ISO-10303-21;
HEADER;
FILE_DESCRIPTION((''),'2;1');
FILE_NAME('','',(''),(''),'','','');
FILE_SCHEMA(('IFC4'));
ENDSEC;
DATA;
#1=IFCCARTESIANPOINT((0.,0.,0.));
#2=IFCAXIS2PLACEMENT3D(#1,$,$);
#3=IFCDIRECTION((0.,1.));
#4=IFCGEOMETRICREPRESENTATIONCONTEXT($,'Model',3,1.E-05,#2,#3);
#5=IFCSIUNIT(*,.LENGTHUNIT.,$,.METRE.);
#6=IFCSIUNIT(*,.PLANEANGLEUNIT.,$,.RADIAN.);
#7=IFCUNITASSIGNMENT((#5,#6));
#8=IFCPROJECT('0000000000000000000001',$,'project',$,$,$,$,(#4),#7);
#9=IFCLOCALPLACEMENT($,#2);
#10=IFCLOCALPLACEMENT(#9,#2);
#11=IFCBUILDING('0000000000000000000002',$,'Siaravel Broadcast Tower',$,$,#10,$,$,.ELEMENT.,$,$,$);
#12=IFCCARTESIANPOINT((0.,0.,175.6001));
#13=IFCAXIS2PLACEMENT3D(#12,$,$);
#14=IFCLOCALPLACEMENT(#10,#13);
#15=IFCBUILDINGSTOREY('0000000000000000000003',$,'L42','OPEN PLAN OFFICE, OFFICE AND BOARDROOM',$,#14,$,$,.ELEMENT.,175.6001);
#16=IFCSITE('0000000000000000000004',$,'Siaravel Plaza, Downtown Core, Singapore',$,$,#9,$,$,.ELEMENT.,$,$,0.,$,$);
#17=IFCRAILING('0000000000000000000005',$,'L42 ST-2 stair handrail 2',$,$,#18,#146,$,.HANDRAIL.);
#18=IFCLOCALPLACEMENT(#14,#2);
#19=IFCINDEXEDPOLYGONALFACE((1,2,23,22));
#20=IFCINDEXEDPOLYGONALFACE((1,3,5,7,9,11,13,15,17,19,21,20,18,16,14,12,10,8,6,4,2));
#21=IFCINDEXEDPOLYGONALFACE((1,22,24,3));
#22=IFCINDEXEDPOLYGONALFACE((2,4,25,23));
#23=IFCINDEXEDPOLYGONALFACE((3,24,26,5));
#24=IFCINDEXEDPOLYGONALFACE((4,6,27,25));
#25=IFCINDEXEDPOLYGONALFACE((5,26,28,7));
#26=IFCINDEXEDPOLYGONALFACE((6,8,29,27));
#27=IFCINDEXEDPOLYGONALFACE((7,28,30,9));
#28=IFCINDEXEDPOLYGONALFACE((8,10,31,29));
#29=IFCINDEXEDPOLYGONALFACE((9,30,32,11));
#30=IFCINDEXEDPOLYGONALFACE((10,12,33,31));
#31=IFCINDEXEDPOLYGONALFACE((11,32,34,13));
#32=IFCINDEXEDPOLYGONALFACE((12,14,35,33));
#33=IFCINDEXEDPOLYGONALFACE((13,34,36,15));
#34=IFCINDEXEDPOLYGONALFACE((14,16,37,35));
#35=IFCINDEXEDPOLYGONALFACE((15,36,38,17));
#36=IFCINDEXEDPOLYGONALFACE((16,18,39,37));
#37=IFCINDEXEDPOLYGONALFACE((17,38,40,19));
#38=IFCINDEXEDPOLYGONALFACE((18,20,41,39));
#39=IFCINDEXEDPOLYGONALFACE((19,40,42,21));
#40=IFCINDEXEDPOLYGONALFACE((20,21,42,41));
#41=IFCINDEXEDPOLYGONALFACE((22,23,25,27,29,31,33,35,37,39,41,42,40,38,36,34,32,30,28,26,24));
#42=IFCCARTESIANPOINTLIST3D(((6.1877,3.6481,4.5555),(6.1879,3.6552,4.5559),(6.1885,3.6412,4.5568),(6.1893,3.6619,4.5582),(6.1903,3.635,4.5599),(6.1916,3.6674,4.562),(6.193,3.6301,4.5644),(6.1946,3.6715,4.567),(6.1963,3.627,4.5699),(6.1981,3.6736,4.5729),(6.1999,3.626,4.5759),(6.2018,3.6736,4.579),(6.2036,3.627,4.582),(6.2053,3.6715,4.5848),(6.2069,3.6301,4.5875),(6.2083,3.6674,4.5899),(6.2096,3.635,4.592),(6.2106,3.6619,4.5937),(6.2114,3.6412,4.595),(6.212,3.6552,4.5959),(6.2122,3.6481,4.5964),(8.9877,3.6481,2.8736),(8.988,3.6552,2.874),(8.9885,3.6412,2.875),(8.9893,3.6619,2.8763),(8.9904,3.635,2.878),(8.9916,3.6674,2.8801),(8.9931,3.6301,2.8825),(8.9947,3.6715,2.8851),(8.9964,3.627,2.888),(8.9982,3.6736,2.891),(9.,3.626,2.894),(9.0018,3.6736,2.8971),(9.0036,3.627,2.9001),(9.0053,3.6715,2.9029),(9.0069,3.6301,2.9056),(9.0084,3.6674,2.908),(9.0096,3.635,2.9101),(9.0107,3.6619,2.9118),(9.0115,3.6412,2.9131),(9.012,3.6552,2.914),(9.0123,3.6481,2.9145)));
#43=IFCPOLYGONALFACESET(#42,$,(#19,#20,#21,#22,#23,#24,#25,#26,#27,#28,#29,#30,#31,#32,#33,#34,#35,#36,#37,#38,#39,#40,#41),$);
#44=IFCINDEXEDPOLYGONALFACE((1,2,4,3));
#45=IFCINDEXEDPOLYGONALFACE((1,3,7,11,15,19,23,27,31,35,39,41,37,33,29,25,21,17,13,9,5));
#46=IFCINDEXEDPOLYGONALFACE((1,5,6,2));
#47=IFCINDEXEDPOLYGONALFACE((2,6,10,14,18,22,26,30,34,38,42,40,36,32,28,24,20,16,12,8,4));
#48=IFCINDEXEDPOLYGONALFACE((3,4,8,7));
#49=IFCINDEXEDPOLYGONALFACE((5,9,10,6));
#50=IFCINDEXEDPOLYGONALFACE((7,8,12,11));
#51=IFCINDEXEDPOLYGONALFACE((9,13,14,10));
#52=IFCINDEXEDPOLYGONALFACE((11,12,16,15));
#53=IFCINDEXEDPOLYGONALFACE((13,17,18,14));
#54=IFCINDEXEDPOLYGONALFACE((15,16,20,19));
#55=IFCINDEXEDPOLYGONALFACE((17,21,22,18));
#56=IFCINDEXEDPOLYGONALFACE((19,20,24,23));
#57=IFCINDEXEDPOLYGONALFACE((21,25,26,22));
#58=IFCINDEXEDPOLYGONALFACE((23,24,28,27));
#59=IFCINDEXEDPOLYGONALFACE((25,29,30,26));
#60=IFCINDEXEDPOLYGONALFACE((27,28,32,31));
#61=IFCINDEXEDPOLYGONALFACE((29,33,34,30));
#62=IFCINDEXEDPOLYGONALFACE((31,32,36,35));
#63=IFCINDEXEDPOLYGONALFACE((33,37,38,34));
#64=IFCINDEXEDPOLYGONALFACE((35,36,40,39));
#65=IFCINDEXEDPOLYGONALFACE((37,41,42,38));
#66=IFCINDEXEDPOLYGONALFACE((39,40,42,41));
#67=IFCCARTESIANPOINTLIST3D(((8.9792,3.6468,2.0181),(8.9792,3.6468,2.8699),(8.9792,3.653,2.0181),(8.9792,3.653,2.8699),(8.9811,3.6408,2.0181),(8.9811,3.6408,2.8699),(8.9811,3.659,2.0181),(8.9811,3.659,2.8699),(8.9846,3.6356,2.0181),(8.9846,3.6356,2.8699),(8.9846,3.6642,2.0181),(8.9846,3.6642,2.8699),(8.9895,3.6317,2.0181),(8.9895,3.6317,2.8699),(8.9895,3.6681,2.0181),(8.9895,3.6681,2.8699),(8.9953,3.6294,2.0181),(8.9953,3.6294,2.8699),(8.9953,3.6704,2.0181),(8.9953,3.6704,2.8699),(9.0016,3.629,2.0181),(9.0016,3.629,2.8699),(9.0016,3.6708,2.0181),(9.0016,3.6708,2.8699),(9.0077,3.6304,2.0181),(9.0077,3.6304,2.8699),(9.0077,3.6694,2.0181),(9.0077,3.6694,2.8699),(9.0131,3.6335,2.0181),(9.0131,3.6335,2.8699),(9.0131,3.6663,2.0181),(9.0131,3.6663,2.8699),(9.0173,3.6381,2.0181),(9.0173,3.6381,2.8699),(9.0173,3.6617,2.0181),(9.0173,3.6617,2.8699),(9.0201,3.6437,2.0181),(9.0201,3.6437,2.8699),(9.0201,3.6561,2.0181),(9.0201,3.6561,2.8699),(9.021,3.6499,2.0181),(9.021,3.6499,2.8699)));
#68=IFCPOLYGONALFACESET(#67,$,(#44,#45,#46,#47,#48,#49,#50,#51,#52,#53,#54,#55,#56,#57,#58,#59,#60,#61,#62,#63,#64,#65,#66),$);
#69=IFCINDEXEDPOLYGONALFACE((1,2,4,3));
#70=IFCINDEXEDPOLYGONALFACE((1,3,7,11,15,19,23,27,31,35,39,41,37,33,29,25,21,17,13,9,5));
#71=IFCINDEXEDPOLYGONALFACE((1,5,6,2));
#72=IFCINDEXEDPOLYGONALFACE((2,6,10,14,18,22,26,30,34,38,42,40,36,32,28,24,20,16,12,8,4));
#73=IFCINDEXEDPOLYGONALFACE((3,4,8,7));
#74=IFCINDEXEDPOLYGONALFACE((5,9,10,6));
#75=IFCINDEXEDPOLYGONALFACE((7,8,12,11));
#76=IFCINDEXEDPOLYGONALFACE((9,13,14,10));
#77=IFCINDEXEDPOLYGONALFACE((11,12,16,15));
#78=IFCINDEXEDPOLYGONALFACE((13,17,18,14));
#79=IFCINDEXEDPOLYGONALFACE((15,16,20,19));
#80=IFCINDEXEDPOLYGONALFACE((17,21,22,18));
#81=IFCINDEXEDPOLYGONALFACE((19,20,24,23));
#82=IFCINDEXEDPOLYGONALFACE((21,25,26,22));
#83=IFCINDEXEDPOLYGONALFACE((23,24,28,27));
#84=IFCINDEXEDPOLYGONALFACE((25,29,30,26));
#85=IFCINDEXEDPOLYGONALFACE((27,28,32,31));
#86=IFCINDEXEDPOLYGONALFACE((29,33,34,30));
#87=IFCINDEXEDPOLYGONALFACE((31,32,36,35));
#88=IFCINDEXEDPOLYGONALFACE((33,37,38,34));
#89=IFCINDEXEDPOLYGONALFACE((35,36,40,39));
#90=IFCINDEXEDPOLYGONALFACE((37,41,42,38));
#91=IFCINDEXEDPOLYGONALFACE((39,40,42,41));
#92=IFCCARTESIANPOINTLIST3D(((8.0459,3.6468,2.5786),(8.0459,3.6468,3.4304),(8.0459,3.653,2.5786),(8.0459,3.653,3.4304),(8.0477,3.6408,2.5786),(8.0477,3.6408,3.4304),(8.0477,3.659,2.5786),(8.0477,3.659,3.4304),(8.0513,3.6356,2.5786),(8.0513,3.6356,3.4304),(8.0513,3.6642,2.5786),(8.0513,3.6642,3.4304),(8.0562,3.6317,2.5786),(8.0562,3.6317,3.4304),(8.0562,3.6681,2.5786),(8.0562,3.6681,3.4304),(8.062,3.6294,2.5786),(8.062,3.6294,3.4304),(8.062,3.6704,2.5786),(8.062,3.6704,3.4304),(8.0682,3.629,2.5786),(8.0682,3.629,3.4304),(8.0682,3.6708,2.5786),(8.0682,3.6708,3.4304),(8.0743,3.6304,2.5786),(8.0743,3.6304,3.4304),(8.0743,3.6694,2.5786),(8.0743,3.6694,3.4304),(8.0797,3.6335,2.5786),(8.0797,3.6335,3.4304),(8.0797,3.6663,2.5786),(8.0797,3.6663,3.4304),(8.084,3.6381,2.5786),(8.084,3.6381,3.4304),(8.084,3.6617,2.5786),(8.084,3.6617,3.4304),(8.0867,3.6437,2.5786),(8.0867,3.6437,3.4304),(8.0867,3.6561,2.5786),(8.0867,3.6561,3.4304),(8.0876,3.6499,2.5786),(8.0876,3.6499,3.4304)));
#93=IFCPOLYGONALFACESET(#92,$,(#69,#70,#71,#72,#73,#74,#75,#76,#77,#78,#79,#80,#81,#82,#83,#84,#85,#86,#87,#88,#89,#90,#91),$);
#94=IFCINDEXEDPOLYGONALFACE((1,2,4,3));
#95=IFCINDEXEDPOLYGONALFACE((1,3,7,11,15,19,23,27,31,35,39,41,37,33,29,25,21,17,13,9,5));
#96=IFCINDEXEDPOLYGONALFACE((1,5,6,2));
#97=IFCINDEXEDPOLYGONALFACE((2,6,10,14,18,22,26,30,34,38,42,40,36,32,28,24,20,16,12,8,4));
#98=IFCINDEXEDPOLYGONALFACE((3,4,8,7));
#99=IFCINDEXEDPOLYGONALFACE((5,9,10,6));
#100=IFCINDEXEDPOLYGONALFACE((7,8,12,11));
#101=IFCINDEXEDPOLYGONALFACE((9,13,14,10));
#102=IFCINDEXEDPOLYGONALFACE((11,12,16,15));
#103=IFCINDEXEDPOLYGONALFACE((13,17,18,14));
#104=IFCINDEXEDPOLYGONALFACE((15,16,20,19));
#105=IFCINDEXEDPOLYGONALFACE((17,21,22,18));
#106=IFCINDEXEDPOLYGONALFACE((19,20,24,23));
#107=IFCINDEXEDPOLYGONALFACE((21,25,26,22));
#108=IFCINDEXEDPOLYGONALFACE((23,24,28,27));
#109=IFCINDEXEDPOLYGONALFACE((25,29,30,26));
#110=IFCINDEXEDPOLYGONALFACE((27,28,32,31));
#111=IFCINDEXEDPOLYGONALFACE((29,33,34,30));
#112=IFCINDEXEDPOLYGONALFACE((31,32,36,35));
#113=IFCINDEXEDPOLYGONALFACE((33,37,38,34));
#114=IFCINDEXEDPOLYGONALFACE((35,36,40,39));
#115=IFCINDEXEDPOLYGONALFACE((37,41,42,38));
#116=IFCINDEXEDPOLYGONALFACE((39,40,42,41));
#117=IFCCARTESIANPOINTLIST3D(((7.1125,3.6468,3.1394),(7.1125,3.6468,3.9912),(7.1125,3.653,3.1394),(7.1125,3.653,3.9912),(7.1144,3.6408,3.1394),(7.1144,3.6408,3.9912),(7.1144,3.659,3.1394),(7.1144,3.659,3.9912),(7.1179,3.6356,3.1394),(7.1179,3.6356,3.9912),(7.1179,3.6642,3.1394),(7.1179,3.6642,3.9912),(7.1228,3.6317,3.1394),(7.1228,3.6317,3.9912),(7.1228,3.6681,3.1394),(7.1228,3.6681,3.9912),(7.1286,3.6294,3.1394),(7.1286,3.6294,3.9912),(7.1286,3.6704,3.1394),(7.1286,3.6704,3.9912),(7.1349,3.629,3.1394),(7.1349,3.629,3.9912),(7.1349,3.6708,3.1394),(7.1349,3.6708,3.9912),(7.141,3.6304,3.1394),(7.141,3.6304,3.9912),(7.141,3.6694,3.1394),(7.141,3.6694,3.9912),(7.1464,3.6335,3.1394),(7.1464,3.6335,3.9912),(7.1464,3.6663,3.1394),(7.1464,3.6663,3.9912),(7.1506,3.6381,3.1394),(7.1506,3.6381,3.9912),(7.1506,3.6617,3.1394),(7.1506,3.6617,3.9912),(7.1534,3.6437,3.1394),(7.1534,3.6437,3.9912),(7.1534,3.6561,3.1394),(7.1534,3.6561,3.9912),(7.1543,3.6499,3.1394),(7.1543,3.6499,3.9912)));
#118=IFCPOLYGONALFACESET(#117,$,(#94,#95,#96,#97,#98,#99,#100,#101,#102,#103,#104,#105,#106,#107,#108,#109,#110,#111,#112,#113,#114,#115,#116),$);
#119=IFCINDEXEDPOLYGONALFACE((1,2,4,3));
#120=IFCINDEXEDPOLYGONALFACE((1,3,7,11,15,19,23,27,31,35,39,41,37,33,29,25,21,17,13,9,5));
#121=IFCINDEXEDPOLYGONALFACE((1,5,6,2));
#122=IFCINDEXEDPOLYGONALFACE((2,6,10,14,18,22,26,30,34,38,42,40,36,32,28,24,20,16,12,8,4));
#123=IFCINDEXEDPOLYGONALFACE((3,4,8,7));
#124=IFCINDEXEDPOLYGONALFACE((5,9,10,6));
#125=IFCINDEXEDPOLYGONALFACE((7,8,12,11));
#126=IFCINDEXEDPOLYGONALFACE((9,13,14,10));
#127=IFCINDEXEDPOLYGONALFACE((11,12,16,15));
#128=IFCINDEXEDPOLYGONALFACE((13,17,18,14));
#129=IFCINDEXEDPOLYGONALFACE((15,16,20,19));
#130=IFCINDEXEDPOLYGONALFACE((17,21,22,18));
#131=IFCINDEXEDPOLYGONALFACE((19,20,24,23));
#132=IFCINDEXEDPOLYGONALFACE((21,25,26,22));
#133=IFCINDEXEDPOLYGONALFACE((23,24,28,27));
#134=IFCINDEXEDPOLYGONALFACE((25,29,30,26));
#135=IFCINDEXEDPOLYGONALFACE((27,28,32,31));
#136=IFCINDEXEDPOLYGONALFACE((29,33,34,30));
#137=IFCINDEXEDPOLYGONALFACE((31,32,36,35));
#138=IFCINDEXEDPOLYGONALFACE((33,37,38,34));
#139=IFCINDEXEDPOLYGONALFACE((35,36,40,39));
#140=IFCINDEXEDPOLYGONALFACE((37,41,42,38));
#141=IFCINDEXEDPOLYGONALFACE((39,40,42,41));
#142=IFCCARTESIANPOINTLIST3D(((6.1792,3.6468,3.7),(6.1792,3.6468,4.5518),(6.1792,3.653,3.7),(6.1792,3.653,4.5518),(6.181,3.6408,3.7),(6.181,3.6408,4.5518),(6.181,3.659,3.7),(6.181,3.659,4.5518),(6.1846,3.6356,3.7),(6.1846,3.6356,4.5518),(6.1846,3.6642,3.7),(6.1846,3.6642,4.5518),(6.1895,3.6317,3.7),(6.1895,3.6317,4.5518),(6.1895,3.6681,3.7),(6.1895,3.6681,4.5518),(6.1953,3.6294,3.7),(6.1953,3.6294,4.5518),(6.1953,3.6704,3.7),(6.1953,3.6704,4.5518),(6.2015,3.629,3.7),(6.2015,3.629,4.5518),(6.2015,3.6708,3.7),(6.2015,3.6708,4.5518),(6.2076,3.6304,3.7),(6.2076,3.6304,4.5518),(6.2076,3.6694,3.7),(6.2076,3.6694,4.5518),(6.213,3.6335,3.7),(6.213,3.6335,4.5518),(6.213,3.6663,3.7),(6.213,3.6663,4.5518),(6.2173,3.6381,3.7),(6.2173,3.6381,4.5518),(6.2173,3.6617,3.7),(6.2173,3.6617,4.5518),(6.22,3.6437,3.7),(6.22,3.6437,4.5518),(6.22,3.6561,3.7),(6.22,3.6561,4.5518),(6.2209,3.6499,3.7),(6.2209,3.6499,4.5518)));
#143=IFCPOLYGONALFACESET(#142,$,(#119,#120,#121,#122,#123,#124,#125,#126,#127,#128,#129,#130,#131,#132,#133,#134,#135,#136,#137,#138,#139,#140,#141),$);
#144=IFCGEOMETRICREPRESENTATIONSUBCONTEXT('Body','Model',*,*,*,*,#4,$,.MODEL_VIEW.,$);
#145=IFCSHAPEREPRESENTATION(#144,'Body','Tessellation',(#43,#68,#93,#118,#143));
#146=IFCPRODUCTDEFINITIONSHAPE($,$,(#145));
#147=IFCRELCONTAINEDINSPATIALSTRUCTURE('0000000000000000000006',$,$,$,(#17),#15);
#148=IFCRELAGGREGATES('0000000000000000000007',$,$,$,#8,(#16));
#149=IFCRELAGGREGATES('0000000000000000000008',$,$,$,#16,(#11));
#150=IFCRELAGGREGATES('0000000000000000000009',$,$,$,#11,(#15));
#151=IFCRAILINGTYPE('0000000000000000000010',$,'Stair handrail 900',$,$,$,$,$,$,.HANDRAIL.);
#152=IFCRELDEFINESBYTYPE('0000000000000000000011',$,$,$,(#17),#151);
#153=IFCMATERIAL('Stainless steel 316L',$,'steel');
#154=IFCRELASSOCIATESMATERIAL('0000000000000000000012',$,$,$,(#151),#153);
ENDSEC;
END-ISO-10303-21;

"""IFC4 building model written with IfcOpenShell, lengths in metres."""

from ifc_helpers import new_model, si_unit, direction, frame, origin, origin_2d, place, context, subcontext, project, spatial, circle, extrude, material, type_object, element, save


model = new_model("IFC4")

# Units and contexts
model_context = context("Model", 3, precision=1e-05, world=origin(), true_north=direction((0.0, 1.0)))
body_context = subcontext(model_context, "Body", "Model", "MODEL_VIEW")
ifc_project = project(units=[si_unit("LENGTHUNIT", "METRE"), si_unit("PLANEANGLEUNIT", "RADIAN")], contexts=[model_context])

# Site, building, storey
site_placement = place(None, origin())
site = spatial("IfcSite", under=ifc_project, at=site_placement, Name="Siaravel Plaza, Downtown Core, Singapore", CompositionType="ELEMENT", RefElevation=0.0)
building_placement = place(site_placement, origin())
building = spatial("IfcBuilding", under=site, at=building_placement, Name="Siaravel Broadcast Tower", CompositionType="ELEMENT")
storey_placement = place(building_placement, frame((0.0, 0.0, 175.6001)))
storey = spatial("IfcBuildingStorey", under=building, at=storey_placement, Name="L42", Description="OPEN PLAN OFFICE, OFFICE AND BOARDROOM", CompositionType="ELEMENT", Elevation=175.6001)

# Railing
ifc_material_1 = material(Name="Stainless steel 316L", Category="steel")
railing_type_1 = type_object("IfcRailingType", Name="Stair handrail 900", PredefinedType="HANDRAIL", material=ifc_material_1)
railing_1_placement = place(storey_placement, frame((9.0, 3.6499, 2.0181)))
element("IfcRailing", 1, at=railing_1_placement, inside=storey, type_object=railing_type_1, Name="L42 ST-2 stair handrail 2", PredefinedType="HANDRAIL", context=body_context, shape_type="SweptSolid", body=[
    extrude(circle(Radius=0.0239, at=origin_2d()), frame((0.0, 0.0, 0.876), z_axis=(-0.857242, 0.0, 0.514913), x_axis=(0.0, -1.0, 0.0)), (0.0, 0.0, 1.0), 3.2664),
    extrude(circle(Radius=0.021, at=origin_2d()), origin(), (0.0, 0.0, 1.0), 0.8518),
    extrude(circle(Radius=0.021, at=origin_2d()), frame((-0.9333, 0.0, 0.5605)), (0.0, 0.0, 1.0), 0.8518),
    extrude(circle(Radius=0.021, at=origin_2d()), frame((-1.8667, 0.0, 1.1213)), (0.0, 0.0, 1.0), 0.8518),
    extrude(circle(Radius=0.021, at=origin_2d()), frame((-2.8, 0.0, 1.6819)), (0.0, 0.0, 1.0), 0.8518),
])

save(model, "model.ifc")
